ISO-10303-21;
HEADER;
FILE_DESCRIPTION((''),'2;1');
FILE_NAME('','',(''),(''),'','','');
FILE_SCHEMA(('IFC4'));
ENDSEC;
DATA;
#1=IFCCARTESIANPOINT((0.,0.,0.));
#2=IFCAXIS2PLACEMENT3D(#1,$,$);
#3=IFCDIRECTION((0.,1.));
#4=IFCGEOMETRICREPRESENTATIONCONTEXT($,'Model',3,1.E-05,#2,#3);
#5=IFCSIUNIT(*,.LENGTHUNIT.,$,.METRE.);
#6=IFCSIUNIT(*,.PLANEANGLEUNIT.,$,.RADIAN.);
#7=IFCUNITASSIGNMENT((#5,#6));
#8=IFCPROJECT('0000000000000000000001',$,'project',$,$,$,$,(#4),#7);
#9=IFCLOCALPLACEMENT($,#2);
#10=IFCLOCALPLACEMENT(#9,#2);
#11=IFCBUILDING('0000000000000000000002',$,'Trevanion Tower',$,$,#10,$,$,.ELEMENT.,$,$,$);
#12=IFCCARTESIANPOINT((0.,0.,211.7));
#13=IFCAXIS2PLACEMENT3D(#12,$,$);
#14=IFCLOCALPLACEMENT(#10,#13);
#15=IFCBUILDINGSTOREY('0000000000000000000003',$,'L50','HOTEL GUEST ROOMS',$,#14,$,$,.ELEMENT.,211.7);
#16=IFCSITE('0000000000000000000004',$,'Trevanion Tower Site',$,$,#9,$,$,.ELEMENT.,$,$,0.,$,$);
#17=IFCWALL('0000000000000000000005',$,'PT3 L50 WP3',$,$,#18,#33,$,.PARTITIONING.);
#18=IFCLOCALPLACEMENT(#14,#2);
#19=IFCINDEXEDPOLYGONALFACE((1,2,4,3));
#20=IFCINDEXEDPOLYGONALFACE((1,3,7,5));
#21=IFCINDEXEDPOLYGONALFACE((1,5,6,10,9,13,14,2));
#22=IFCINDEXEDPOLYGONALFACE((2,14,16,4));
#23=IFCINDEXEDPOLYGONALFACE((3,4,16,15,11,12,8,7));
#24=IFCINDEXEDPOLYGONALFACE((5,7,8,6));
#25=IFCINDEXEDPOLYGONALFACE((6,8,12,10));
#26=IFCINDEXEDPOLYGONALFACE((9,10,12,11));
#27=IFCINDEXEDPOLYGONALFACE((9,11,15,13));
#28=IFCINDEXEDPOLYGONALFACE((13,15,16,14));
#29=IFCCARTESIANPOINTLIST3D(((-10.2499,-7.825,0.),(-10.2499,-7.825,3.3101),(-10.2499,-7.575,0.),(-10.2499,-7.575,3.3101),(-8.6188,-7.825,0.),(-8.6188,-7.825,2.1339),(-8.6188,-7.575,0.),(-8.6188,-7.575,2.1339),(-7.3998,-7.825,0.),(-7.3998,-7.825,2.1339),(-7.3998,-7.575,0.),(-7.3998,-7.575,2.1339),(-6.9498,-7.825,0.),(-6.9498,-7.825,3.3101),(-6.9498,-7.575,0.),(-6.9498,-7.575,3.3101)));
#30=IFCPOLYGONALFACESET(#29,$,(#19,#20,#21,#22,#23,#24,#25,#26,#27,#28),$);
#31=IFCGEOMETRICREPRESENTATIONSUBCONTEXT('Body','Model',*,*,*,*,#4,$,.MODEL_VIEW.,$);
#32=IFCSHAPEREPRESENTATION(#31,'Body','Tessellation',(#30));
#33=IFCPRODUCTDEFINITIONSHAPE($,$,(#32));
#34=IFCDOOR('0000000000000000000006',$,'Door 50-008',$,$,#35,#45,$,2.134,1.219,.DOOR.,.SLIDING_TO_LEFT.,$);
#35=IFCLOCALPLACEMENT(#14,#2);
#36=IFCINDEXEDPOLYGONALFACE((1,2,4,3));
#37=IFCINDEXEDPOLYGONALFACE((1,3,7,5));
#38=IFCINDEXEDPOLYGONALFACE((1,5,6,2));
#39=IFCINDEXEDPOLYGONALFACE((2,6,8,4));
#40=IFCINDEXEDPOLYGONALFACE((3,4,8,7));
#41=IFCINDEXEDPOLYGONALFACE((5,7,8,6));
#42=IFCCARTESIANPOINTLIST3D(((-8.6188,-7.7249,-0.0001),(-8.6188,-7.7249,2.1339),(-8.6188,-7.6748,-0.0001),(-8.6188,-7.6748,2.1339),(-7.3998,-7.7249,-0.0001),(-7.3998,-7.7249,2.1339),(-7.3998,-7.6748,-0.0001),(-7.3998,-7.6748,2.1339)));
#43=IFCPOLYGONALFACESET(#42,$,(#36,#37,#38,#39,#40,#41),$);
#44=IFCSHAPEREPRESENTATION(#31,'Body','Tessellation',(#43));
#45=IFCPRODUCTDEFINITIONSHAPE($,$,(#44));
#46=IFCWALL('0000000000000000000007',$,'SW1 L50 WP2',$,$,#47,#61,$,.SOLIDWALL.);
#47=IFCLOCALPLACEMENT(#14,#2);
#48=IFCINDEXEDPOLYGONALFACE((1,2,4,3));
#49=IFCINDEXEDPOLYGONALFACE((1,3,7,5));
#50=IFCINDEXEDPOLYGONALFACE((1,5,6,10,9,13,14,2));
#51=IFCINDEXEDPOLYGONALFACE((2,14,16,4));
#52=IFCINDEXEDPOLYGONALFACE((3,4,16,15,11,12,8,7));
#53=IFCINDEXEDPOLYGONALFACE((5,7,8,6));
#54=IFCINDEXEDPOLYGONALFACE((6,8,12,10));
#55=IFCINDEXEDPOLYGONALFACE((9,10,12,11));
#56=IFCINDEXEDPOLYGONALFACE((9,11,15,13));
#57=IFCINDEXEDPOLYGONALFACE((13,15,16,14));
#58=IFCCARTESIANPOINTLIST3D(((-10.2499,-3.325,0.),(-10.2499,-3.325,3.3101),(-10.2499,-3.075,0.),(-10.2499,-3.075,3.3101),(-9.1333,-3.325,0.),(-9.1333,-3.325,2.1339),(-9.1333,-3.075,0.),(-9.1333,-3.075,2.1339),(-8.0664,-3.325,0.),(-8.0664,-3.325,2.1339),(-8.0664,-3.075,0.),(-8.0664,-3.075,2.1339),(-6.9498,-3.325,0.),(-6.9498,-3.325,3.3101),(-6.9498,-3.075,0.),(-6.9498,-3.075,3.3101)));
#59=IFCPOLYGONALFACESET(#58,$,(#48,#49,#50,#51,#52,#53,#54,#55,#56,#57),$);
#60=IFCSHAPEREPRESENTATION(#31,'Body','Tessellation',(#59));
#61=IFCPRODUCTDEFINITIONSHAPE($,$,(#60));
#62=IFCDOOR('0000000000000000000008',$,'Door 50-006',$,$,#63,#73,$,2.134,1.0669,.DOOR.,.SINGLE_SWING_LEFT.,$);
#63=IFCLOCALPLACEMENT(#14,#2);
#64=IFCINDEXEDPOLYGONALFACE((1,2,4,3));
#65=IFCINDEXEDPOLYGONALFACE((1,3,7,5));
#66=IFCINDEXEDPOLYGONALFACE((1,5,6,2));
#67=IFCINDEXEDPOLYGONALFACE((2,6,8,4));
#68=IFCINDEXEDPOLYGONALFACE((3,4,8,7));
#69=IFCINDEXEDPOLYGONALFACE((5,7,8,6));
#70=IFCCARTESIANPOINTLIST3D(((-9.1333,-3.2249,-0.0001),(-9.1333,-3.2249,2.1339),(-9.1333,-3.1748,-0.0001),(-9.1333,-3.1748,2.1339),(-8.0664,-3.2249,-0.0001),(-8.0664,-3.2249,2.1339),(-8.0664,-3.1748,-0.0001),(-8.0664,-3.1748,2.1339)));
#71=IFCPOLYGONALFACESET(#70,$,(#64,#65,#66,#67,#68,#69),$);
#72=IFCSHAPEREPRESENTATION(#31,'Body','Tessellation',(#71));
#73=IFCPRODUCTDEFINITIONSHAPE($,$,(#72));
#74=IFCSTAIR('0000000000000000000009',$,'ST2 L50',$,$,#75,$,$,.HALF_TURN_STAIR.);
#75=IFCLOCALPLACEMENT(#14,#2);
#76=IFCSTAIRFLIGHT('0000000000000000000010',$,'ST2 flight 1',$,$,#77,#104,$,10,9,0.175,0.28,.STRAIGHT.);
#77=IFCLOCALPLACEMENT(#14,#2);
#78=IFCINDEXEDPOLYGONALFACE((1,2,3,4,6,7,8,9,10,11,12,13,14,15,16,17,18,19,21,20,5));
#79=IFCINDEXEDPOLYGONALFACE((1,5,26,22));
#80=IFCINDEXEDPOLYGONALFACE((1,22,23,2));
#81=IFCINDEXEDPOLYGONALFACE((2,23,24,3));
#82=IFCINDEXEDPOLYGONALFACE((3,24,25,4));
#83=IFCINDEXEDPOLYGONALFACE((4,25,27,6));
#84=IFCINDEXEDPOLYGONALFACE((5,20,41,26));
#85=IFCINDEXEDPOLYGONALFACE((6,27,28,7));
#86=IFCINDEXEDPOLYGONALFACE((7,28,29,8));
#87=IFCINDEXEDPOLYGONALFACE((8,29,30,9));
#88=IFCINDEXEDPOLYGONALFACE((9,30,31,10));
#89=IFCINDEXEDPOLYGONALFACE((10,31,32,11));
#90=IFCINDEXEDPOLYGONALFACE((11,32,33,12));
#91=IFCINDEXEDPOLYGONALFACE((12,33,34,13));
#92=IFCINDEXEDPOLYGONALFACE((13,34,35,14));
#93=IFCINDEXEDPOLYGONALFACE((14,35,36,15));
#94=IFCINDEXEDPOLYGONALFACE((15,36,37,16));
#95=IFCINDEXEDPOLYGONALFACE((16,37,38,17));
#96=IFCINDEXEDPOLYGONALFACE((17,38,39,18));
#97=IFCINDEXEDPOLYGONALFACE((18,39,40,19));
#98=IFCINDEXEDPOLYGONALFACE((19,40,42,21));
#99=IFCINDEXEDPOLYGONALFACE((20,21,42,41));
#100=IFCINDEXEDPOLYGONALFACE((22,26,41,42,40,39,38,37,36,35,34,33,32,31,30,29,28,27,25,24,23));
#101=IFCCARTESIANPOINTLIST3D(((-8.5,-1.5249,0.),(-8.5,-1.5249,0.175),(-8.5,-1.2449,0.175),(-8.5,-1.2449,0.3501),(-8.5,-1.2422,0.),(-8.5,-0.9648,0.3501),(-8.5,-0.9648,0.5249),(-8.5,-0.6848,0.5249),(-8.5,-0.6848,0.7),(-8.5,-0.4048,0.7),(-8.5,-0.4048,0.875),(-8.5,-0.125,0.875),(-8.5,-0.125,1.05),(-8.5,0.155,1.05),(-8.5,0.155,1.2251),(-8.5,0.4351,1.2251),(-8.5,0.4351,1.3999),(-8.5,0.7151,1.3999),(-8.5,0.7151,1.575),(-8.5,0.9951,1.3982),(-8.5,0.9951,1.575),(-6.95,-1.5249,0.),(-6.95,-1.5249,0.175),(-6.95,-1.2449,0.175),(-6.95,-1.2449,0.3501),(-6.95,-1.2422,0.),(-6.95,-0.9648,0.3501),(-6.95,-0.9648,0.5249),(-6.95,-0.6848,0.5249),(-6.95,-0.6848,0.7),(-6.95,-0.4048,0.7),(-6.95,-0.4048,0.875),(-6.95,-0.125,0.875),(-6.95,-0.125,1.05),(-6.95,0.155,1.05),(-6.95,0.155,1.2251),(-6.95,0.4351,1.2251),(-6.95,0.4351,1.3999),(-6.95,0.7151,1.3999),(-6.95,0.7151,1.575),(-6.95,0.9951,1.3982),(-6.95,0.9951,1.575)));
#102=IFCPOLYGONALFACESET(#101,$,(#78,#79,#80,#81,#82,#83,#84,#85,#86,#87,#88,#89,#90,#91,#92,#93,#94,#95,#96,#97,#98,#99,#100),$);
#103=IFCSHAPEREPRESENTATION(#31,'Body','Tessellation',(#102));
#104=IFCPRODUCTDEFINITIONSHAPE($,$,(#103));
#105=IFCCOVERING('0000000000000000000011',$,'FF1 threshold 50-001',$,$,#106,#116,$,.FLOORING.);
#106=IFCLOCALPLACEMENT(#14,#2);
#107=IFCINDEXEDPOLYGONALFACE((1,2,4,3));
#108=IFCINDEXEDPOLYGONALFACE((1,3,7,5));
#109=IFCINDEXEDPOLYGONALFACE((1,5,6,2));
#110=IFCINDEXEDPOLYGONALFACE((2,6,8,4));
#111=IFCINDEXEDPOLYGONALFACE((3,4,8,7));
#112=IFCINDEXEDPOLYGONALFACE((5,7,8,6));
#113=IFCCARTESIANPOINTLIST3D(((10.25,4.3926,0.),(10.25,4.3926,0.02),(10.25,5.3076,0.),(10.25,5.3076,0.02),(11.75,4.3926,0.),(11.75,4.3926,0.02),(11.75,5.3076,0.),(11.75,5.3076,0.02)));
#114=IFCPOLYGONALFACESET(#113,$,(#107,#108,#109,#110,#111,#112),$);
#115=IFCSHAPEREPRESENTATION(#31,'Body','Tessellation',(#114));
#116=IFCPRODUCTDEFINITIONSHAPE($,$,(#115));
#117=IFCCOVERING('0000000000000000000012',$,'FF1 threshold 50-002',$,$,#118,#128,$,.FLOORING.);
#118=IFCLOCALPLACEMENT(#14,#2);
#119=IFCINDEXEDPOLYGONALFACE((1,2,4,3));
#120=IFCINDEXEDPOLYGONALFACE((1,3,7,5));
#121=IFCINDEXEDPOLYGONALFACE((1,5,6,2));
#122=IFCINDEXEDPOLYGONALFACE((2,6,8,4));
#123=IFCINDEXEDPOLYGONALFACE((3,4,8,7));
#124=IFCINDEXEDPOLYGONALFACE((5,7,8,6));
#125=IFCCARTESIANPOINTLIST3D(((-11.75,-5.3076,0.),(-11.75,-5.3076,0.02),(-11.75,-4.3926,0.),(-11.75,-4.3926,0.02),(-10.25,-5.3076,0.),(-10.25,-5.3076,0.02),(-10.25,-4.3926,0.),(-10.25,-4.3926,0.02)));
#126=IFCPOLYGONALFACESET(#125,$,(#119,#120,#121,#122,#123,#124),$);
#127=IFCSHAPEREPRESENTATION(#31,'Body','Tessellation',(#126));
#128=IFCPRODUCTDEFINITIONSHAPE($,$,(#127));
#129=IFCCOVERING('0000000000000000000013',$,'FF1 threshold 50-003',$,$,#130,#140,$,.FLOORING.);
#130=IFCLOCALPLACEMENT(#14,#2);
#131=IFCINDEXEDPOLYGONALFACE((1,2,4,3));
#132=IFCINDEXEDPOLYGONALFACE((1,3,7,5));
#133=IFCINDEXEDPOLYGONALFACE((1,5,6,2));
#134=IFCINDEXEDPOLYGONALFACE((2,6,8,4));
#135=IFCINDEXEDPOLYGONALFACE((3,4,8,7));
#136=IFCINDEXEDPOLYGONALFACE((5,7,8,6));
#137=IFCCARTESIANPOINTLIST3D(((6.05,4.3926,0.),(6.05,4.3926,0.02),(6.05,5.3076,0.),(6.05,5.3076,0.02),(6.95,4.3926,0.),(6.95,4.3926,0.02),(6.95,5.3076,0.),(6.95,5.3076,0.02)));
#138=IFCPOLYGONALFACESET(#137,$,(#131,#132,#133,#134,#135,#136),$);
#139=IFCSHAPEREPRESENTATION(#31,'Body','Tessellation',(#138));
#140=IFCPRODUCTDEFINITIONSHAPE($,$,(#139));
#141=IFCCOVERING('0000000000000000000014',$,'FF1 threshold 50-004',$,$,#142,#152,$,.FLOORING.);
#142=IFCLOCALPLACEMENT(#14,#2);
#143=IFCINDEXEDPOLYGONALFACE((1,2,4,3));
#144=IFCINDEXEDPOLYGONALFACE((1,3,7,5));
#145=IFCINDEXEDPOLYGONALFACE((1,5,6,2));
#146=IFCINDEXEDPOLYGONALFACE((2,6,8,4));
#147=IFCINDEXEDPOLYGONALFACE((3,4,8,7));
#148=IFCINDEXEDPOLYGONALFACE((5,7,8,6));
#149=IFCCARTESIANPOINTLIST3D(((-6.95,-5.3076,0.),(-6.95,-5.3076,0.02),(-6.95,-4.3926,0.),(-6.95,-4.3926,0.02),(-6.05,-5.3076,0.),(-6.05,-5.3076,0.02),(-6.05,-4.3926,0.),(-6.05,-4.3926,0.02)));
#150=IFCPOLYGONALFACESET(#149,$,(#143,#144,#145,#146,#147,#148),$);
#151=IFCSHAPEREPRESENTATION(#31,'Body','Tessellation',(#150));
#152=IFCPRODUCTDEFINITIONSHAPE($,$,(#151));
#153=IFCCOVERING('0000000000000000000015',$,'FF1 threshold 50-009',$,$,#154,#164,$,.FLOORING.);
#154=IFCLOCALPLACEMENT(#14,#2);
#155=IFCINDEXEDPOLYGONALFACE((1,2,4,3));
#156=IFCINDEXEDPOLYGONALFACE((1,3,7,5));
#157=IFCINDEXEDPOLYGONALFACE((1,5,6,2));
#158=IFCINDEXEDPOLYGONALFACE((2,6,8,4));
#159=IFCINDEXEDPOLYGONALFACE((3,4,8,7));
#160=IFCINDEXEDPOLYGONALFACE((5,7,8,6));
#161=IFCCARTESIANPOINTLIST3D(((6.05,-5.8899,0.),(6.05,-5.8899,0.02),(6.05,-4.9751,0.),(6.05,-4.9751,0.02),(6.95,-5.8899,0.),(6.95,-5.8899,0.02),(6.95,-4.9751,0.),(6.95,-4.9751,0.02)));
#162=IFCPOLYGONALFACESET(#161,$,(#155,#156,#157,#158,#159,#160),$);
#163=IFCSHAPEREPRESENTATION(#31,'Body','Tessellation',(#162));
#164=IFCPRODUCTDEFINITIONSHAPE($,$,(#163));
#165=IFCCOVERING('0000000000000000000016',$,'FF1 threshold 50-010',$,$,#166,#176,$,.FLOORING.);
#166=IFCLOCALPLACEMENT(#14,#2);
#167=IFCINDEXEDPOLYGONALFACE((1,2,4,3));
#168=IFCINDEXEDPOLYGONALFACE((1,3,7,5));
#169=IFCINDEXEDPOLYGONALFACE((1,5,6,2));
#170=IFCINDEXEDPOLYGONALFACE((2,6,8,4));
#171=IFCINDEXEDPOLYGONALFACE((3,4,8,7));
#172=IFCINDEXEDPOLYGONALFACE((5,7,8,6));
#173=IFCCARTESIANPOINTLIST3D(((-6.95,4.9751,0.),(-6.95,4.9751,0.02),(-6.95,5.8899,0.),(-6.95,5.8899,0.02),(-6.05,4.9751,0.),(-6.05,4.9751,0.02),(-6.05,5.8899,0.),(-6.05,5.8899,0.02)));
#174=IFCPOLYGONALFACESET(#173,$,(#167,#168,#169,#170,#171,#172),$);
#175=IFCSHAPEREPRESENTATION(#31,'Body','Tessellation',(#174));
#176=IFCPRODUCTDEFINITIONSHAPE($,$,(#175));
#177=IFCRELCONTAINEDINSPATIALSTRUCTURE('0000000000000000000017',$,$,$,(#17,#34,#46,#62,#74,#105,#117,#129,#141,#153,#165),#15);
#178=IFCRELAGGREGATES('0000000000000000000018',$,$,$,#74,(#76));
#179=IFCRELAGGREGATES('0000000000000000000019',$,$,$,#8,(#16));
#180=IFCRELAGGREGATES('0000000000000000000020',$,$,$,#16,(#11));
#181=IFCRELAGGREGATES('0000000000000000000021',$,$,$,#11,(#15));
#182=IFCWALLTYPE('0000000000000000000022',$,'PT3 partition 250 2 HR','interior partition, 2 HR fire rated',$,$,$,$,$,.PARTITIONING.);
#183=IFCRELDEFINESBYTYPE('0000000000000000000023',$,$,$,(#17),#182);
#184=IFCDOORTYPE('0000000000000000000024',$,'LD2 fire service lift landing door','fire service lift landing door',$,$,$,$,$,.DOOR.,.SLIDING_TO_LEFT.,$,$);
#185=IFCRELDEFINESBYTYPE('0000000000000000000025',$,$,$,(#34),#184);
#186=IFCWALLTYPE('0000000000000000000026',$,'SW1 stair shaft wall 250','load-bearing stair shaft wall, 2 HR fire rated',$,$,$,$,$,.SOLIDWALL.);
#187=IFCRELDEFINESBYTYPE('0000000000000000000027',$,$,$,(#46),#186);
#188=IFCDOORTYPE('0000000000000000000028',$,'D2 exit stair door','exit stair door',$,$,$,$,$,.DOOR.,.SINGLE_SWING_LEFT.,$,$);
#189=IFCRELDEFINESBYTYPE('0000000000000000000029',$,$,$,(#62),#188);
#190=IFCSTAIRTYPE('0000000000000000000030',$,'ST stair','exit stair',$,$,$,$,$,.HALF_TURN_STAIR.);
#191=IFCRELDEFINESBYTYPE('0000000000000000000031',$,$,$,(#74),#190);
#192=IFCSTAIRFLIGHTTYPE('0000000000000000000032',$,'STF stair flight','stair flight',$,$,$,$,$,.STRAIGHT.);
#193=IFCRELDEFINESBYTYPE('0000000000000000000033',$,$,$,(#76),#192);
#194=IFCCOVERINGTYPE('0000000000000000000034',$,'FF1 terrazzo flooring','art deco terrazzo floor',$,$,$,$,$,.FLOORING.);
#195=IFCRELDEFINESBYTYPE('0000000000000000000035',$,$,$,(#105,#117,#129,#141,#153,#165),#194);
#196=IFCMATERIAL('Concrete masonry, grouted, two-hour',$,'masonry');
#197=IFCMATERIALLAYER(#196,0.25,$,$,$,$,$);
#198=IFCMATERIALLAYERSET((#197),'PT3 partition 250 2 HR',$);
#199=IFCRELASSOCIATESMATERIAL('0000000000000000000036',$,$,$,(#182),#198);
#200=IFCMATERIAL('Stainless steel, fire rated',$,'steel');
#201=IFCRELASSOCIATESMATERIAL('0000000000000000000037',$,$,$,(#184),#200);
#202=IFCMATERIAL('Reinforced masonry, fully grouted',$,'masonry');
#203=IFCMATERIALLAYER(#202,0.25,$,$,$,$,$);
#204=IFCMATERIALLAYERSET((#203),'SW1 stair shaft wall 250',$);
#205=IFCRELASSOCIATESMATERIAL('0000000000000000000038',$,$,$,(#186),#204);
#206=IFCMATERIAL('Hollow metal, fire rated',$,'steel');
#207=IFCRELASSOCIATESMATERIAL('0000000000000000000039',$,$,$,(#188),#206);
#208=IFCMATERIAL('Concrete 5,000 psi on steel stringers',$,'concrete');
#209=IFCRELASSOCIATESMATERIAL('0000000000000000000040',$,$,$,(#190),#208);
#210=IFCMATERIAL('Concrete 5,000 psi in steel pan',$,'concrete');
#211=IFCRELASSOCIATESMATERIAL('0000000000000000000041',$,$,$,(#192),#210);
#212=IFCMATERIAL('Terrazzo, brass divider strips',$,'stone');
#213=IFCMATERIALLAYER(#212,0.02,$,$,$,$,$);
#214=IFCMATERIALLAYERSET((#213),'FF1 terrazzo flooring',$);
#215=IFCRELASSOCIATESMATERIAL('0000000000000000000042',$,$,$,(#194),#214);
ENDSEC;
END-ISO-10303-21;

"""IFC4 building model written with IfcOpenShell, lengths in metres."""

from ifc_helpers import new_model, si_unit, direction, frame, frame_2d, origin, place, context, subcontext, project, spatial, polyline, rectangle, outline, extrude, material, layer, layer_set, type_object, element, fill, aggregate, save


model = new_model("IFC4")

# Units and contexts
model_context = context("Model", 3, precision=1e-05, world=origin(), true_north=direction((0.0, 1.0)))
body_context = subcontext(model_context, "Body", "Model", "MODEL_VIEW")
ifc_project = project(units=[si_unit("LENGTHUNIT", "METRE"), si_unit("PLANEANGLEUNIT", "RADIAN")], contexts=[model_context])

# Site, building, storey
site_placement = place(None, origin())
site = spatial("IfcSite", under=ifc_project, at=site_placement, Name="Trevanion Tower Site", CompositionType="ELEMENT", RefElevation=0.0)
building_placement = place(site_placement, origin())
building = spatial("IfcBuilding", under=site, at=building_placement, Name="Trevanion Tower", CompositionType="ELEMENT")
storey_placement = place(building_placement, frame((0.0, 0.0, 211.7)))
storey = spatial("IfcBuildingStorey", under=building, at=storey_placement, Name="L50", Description="HOTEL GUEST ROOMS", CompositionType="ELEMENT", Elevation=211.7)

# Walls, openings, doors
ifc_material_1 = material(Name="Concrete masonry, grouted, two-hour", Category="masonry")
ifc_layer_1 = layer(ifc_material_1, 0.25)
ifc_layer_set_1 = layer_set([ifc_layer_1], Name="PT3 partition 250 2 HR")
wall_type_1 = type_object("IfcWallType", Name="PT3 partition 250 2 HR", Description="interior partition, 2 HR fire rated", PredefinedType="PARTITIONING", material=ifc_layer_set_1)
wall_1_placement = place(storey_placement, frame((-6.95, -7.7, 0.0), z_axis=(0.0, 0.0, 1.0), x_axis=(-1.0, 0.0, 0.0)))
wall_1 = element("IfcWall", 1, at=wall_1_placement, inside=storey, type_object=wall_type_1, Name="PT3 L50 WP3", PredefinedType="PARTITIONING", context=body_context, shape_type="SweptSolid", body=[
    extrude(rectangle(XDim=3.3, YDim=0.25, at=frame_2d((1.6499, 0.0))), origin(), (0.0, 0.0, 1.0), 3.3101),
])
opening_1_placement = place(wall_1_placement, frame((0.45, 0.0, 0.0)))
opening_1 = element("IfcOpeningElement", 2, at=opening_1_placement, cuts=wall_1, PredefinedType="OPENING", context=body_context, shape_type="SweptSolid", body=[
    extrude(rectangle(XDim=1.219, YDim=2.134, at=frame_2d((0.6094, 1.0669))), frame((0.0, 0.135, 0.0), z_axis=(0.0, -1.0, 0.0), x_axis=(1.0, 0.0, 0.0)), (0.0, 0.0, 1.0), 0.27),
])
ifc_material_2 = material(Name="Stainless steel, fire rated", Category="steel")
door_type_1 = type_object("IfcDoorType", Name="LD2 fire service lift landing door", Description="fire service lift landing door", OperationType="SLIDING_TO_LEFT", PredefinedType="DOOR", material=ifc_material_2)
door_1_placement = place(opening_1_placement, origin())
door_1 = element("IfcDoor", 3, at=door_1_placement, inside=storey, type_object=door_type_1, Name="Door 50-008", OperationType="SLIDING_TO_LEFT", OverallHeight=2.134, OverallWidth=1.219, PredefinedType="DOOR", context=body_context, shape_type="SweptSolid", body=[
    extrude(rectangle(XDim=1.219, YDim=2.134, at=frame_2d((0.6094, 1.0669))), frame((0.0, 0.0249, 0.0), z_axis=(0.0, -1.0, 0.0), x_axis=(1.0, 0.0, 0.0)), (0.0, 0.0, 1.0), 0.05),
])
fill(opening_1, door_1)
ifc_material_3 = material(Name="Reinforced masonry, fully grouted", Category="masonry")
ifc_layer_2 = layer(ifc_material_3, 0.25)
ifc_layer_set_2 = layer_set([ifc_layer_2], Name="SW1 stair shaft wall 250")
wall_type_2 = type_object("IfcWallType", Name="SW1 stair shaft wall 250", Description="load-bearing stair shaft wall, 2 HR fire rated", PredefinedType="SOLIDWALL", material=ifc_layer_set_2)
wall_2_placement = place(storey_placement, frame((-6.95, -3.2, 0.0), z_axis=(0.0, 0.0, 1.0), x_axis=(-1.0, 0.0, 0.0)))
wall_2 = element("IfcWall", 4, at=wall_2_placement, inside=storey, type_object=wall_type_2, Name="SW1 L50 WP2", PredefinedType="SOLIDWALL", context=body_context, shape_type="SweptSolid", body=[
    extrude(rectangle(XDim=3.3, YDim=0.25, at=frame_2d((1.6499, 0.0))), origin(), (0.0, 0.0, 1.0), 3.3101),
])
opening_2_placement = place(wall_2_placement, frame((1.1165, 0.0, 0.0)))
opening_2 = element("IfcOpeningElement", 5, at=opening_2_placement, cuts=wall_2, PredefinedType="OPENING", context=body_context, shape_type="SweptSolid", body=[
    extrude(rectangle(XDim=1.0669, YDim=2.134, at=frame_2d((0.5334, 1.0669))), frame((0.0, 0.135, 0.0), z_axis=(0.0, -1.0, 0.0), x_axis=(1.0, 0.0, 0.0)), (0.0, 0.0, 1.0), 0.27),
])
ifc_material_4 = material(Name="Hollow metal, fire rated", Category="steel")
door_type_2 = type_object("IfcDoorType", Name="D2 exit stair door", Description="exit stair door", OperationType="SINGLE_SWING_LEFT", PredefinedType="DOOR", material=ifc_material_4)
door_2_placement = place(opening_2_placement, origin())
door_2 = element("IfcDoor", 6, at=door_2_placement, inside=storey, type_object=door_type_2, Name="Door 50-006", OperationType="SINGLE_SWING_LEFT", OverallHeight=2.134, OverallWidth=1.0669, PredefinedType="DOOR", context=body_context, shape_type="SweptSolid", body=[
    extrude(rectangle(XDim=1.0669, YDim=2.134, at=frame_2d((0.5334, 1.0669))), frame((0.0, 0.0249, 0.0), z_axis=(0.0, -1.0, 0.0), x_axis=(1.0, 0.0, 0.0)), (0.0, 0.0, 1.0), 0.05),
])
fill(opening_2, door_2)

# Stair, stair flight
ifc_material_5 = material(Name="Concrete 5,000 psi on steel stringers", Category="concrete")
stair_type = type_object("IfcStairType", Name="ST stair", Description="exit stair", PredefinedType="HALF_TURN_STAIR", material=ifc_material_5)
stair_placement = place(storey_placement, origin())
stair = element("IfcStair", 7, at=stair_placement, inside=storey, type_object=stair_type, Name="ST2 L50", PredefinedType="HALF_TURN_STAIR")
ifc_material_6 = material(Name="Concrete 5,000 psi in steel pan", Category="concrete")
stair_flight_type = type_object("IfcStairFlightType", Name="STF stair flight", Description="stair flight", PredefinedType="STRAIGHT", material=ifc_material_6)
stair_flight_placement = place(storey_placement, frame((-7.7251, -1.5249, 0.0), z_axis=(0.0, 0.0, 1.0), x_axis=(0.0, 1.0, 0.0)))
stair_flight = element("IfcStairFlight", 8, at=stair_flight_placement, type_object=stair_flight_type, Name="ST2 flight 1", NumberOfRisers=10, NumberOfTreads=9, PredefinedType="STRAIGHT", RiserHeight=0.175, TreadLength=0.28, context=body_context, shape_type="SweptSolid", body=[
    extrude(outline(polyline([(0.0, 0.0), (0.0, 0.175), (0.28, 0.175), (0.28, 0.3501), (0.5601, 0.3501), (0.5601, 0.5249), (0.8401, 0.5249), (0.8401, 0.7), (1.1201, 0.7), (1.1201, 0.875), (1.3999, 0.875), (1.3999, 1.05), (1.6799, 1.05), (1.6799, 1.2251), (1.96, 1.2251), (1.96, 1.3999), (2.24, 1.3999), (2.24, 1.575), (2.52, 1.575), (2.52, 1.75), (2.52, 1.3982), (0.2827, 0.0), (0.0, 0.0)])), frame((0.0, 0.7749, 0.0), z_axis=(0.0, -1.0, 0.0), x_axis=(1.0, 0.0, 0.0)), (0.0, 0.0, 1.0), 1.55),
])
aggregate(stair, [stair_flight])

# Coverings
ifc_material_7 = material(Name="Terrazzo, brass divider strips", Category="stone")
ifc_layer_3 = layer(ifc_material_7, 0.02)
ifc_layer_set_3 = layer_set([ifc_layer_3], Name="FF1 terrazzo flooring")
covering_type = type_object("IfcCoveringType", Name="FF1 terrazzo flooring", Description="art deco terrazzo floor", PredefinedType="FLOORING", material=ifc_layer_set_3)
covering_1_placement = place(storey_placement, origin())
element("IfcCovering", 9, at=covering_1_placement, inside=storey, type_object=covering_type, Name="FF1 threshold 50-001", PredefinedType="FLOORING", context=body_context, shape_type="SweptSolid", body=[
    extrude(outline(polyline([(11.75, 4.3926), (11.75, 5.3076), (10.25, 5.3076), (10.25, 4.3926), (11.75, 4.3926)])), origin(), (0.0, 0.0, 1.0), 0.02),
])
covering_2_placement = place(storey_placement, origin())
element("IfcCovering", 10, at=covering_2_placement, inside=storey, type_object=covering_type, Name="FF1 threshold 50-002", PredefinedType="FLOORING", context=body_context, shape_type="SweptSolid", body=[
    extrude(outline(polyline([(-11.75, -4.3926), (-11.75, -5.3076), (-10.25, -5.3076), (-10.25, -4.3926), (-11.75, -4.3926)])), origin(), (0.0, 0.0, 1.0), 0.02),
])
covering_3_placement = place(storey_placement, origin())
element("IfcCovering", 11, at=covering_3_placement, inside=storey, type_object=covering_type, Name="FF1 threshold 50-003", PredefinedType="FLOORING", context=body_context, shape_type="SweptSolid", body=[
    extrude(outline(polyline([(6.95, 4.3926), (6.95, 5.3076), (6.05, 5.3076), (6.05, 4.3926), (6.95, 4.3926)])), origin(), (0.0, 0.0, 1.0), 0.02),
])
covering_4_placement = place(storey_placement, origin())
element("IfcCovering", 12, at=covering_4_placement, inside=storey, type_object=covering_type, Name="FF1 threshold 50-004", PredefinedType="FLOORING", context=body_context, shape_type="SweptSolid", body=[
    extrude(outline(polyline([(-6.95, -4.3926), (-6.95, -5.3076), (-6.05, -5.3076), (-6.05, -4.3926), (-6.95, -4.3926)])), origin(), (0.0, 0.0, 1.0), 0.02),
])
covering_5_placement = place(storey_placement, origin())
element("IfcCovering", 13, at=covering_5_placement, inside=storey, type_object=covering_type, Name="FF1 threshold 50-009", PredefinedType="FLOORING", context=body_context, shape_type="SweptSolid", body=[
    extrude(outline(polyline([(6.95, -5.8899), (6.95, -4.9751), (6.05, -4.9751), (6.05, -5.8899), (6.95, -5.8899)])), origin(), (0.0, 0.0, 1.0), 0.02),
])
covering_6_placement = place(storey_placement, origin())
element("IfcCovering", 14, at=covering_6_placement, inside=storey, type_object=covering_type, Name="FF1 threshold 50-010", PredefinedType="FLOORING", context=body_context, shape_type="SweptSolid", body=[
    extrude(outline(polyline([(-6.95, 5.8899), (-6.95, 4.9751), (-6.05, 4.9751), (-6.05, 5.8899), (-6.95, 5.8899)])), origin(), (0.0, 0.0, 1.0), 0.02),
])

save(model, "model.ifc")
